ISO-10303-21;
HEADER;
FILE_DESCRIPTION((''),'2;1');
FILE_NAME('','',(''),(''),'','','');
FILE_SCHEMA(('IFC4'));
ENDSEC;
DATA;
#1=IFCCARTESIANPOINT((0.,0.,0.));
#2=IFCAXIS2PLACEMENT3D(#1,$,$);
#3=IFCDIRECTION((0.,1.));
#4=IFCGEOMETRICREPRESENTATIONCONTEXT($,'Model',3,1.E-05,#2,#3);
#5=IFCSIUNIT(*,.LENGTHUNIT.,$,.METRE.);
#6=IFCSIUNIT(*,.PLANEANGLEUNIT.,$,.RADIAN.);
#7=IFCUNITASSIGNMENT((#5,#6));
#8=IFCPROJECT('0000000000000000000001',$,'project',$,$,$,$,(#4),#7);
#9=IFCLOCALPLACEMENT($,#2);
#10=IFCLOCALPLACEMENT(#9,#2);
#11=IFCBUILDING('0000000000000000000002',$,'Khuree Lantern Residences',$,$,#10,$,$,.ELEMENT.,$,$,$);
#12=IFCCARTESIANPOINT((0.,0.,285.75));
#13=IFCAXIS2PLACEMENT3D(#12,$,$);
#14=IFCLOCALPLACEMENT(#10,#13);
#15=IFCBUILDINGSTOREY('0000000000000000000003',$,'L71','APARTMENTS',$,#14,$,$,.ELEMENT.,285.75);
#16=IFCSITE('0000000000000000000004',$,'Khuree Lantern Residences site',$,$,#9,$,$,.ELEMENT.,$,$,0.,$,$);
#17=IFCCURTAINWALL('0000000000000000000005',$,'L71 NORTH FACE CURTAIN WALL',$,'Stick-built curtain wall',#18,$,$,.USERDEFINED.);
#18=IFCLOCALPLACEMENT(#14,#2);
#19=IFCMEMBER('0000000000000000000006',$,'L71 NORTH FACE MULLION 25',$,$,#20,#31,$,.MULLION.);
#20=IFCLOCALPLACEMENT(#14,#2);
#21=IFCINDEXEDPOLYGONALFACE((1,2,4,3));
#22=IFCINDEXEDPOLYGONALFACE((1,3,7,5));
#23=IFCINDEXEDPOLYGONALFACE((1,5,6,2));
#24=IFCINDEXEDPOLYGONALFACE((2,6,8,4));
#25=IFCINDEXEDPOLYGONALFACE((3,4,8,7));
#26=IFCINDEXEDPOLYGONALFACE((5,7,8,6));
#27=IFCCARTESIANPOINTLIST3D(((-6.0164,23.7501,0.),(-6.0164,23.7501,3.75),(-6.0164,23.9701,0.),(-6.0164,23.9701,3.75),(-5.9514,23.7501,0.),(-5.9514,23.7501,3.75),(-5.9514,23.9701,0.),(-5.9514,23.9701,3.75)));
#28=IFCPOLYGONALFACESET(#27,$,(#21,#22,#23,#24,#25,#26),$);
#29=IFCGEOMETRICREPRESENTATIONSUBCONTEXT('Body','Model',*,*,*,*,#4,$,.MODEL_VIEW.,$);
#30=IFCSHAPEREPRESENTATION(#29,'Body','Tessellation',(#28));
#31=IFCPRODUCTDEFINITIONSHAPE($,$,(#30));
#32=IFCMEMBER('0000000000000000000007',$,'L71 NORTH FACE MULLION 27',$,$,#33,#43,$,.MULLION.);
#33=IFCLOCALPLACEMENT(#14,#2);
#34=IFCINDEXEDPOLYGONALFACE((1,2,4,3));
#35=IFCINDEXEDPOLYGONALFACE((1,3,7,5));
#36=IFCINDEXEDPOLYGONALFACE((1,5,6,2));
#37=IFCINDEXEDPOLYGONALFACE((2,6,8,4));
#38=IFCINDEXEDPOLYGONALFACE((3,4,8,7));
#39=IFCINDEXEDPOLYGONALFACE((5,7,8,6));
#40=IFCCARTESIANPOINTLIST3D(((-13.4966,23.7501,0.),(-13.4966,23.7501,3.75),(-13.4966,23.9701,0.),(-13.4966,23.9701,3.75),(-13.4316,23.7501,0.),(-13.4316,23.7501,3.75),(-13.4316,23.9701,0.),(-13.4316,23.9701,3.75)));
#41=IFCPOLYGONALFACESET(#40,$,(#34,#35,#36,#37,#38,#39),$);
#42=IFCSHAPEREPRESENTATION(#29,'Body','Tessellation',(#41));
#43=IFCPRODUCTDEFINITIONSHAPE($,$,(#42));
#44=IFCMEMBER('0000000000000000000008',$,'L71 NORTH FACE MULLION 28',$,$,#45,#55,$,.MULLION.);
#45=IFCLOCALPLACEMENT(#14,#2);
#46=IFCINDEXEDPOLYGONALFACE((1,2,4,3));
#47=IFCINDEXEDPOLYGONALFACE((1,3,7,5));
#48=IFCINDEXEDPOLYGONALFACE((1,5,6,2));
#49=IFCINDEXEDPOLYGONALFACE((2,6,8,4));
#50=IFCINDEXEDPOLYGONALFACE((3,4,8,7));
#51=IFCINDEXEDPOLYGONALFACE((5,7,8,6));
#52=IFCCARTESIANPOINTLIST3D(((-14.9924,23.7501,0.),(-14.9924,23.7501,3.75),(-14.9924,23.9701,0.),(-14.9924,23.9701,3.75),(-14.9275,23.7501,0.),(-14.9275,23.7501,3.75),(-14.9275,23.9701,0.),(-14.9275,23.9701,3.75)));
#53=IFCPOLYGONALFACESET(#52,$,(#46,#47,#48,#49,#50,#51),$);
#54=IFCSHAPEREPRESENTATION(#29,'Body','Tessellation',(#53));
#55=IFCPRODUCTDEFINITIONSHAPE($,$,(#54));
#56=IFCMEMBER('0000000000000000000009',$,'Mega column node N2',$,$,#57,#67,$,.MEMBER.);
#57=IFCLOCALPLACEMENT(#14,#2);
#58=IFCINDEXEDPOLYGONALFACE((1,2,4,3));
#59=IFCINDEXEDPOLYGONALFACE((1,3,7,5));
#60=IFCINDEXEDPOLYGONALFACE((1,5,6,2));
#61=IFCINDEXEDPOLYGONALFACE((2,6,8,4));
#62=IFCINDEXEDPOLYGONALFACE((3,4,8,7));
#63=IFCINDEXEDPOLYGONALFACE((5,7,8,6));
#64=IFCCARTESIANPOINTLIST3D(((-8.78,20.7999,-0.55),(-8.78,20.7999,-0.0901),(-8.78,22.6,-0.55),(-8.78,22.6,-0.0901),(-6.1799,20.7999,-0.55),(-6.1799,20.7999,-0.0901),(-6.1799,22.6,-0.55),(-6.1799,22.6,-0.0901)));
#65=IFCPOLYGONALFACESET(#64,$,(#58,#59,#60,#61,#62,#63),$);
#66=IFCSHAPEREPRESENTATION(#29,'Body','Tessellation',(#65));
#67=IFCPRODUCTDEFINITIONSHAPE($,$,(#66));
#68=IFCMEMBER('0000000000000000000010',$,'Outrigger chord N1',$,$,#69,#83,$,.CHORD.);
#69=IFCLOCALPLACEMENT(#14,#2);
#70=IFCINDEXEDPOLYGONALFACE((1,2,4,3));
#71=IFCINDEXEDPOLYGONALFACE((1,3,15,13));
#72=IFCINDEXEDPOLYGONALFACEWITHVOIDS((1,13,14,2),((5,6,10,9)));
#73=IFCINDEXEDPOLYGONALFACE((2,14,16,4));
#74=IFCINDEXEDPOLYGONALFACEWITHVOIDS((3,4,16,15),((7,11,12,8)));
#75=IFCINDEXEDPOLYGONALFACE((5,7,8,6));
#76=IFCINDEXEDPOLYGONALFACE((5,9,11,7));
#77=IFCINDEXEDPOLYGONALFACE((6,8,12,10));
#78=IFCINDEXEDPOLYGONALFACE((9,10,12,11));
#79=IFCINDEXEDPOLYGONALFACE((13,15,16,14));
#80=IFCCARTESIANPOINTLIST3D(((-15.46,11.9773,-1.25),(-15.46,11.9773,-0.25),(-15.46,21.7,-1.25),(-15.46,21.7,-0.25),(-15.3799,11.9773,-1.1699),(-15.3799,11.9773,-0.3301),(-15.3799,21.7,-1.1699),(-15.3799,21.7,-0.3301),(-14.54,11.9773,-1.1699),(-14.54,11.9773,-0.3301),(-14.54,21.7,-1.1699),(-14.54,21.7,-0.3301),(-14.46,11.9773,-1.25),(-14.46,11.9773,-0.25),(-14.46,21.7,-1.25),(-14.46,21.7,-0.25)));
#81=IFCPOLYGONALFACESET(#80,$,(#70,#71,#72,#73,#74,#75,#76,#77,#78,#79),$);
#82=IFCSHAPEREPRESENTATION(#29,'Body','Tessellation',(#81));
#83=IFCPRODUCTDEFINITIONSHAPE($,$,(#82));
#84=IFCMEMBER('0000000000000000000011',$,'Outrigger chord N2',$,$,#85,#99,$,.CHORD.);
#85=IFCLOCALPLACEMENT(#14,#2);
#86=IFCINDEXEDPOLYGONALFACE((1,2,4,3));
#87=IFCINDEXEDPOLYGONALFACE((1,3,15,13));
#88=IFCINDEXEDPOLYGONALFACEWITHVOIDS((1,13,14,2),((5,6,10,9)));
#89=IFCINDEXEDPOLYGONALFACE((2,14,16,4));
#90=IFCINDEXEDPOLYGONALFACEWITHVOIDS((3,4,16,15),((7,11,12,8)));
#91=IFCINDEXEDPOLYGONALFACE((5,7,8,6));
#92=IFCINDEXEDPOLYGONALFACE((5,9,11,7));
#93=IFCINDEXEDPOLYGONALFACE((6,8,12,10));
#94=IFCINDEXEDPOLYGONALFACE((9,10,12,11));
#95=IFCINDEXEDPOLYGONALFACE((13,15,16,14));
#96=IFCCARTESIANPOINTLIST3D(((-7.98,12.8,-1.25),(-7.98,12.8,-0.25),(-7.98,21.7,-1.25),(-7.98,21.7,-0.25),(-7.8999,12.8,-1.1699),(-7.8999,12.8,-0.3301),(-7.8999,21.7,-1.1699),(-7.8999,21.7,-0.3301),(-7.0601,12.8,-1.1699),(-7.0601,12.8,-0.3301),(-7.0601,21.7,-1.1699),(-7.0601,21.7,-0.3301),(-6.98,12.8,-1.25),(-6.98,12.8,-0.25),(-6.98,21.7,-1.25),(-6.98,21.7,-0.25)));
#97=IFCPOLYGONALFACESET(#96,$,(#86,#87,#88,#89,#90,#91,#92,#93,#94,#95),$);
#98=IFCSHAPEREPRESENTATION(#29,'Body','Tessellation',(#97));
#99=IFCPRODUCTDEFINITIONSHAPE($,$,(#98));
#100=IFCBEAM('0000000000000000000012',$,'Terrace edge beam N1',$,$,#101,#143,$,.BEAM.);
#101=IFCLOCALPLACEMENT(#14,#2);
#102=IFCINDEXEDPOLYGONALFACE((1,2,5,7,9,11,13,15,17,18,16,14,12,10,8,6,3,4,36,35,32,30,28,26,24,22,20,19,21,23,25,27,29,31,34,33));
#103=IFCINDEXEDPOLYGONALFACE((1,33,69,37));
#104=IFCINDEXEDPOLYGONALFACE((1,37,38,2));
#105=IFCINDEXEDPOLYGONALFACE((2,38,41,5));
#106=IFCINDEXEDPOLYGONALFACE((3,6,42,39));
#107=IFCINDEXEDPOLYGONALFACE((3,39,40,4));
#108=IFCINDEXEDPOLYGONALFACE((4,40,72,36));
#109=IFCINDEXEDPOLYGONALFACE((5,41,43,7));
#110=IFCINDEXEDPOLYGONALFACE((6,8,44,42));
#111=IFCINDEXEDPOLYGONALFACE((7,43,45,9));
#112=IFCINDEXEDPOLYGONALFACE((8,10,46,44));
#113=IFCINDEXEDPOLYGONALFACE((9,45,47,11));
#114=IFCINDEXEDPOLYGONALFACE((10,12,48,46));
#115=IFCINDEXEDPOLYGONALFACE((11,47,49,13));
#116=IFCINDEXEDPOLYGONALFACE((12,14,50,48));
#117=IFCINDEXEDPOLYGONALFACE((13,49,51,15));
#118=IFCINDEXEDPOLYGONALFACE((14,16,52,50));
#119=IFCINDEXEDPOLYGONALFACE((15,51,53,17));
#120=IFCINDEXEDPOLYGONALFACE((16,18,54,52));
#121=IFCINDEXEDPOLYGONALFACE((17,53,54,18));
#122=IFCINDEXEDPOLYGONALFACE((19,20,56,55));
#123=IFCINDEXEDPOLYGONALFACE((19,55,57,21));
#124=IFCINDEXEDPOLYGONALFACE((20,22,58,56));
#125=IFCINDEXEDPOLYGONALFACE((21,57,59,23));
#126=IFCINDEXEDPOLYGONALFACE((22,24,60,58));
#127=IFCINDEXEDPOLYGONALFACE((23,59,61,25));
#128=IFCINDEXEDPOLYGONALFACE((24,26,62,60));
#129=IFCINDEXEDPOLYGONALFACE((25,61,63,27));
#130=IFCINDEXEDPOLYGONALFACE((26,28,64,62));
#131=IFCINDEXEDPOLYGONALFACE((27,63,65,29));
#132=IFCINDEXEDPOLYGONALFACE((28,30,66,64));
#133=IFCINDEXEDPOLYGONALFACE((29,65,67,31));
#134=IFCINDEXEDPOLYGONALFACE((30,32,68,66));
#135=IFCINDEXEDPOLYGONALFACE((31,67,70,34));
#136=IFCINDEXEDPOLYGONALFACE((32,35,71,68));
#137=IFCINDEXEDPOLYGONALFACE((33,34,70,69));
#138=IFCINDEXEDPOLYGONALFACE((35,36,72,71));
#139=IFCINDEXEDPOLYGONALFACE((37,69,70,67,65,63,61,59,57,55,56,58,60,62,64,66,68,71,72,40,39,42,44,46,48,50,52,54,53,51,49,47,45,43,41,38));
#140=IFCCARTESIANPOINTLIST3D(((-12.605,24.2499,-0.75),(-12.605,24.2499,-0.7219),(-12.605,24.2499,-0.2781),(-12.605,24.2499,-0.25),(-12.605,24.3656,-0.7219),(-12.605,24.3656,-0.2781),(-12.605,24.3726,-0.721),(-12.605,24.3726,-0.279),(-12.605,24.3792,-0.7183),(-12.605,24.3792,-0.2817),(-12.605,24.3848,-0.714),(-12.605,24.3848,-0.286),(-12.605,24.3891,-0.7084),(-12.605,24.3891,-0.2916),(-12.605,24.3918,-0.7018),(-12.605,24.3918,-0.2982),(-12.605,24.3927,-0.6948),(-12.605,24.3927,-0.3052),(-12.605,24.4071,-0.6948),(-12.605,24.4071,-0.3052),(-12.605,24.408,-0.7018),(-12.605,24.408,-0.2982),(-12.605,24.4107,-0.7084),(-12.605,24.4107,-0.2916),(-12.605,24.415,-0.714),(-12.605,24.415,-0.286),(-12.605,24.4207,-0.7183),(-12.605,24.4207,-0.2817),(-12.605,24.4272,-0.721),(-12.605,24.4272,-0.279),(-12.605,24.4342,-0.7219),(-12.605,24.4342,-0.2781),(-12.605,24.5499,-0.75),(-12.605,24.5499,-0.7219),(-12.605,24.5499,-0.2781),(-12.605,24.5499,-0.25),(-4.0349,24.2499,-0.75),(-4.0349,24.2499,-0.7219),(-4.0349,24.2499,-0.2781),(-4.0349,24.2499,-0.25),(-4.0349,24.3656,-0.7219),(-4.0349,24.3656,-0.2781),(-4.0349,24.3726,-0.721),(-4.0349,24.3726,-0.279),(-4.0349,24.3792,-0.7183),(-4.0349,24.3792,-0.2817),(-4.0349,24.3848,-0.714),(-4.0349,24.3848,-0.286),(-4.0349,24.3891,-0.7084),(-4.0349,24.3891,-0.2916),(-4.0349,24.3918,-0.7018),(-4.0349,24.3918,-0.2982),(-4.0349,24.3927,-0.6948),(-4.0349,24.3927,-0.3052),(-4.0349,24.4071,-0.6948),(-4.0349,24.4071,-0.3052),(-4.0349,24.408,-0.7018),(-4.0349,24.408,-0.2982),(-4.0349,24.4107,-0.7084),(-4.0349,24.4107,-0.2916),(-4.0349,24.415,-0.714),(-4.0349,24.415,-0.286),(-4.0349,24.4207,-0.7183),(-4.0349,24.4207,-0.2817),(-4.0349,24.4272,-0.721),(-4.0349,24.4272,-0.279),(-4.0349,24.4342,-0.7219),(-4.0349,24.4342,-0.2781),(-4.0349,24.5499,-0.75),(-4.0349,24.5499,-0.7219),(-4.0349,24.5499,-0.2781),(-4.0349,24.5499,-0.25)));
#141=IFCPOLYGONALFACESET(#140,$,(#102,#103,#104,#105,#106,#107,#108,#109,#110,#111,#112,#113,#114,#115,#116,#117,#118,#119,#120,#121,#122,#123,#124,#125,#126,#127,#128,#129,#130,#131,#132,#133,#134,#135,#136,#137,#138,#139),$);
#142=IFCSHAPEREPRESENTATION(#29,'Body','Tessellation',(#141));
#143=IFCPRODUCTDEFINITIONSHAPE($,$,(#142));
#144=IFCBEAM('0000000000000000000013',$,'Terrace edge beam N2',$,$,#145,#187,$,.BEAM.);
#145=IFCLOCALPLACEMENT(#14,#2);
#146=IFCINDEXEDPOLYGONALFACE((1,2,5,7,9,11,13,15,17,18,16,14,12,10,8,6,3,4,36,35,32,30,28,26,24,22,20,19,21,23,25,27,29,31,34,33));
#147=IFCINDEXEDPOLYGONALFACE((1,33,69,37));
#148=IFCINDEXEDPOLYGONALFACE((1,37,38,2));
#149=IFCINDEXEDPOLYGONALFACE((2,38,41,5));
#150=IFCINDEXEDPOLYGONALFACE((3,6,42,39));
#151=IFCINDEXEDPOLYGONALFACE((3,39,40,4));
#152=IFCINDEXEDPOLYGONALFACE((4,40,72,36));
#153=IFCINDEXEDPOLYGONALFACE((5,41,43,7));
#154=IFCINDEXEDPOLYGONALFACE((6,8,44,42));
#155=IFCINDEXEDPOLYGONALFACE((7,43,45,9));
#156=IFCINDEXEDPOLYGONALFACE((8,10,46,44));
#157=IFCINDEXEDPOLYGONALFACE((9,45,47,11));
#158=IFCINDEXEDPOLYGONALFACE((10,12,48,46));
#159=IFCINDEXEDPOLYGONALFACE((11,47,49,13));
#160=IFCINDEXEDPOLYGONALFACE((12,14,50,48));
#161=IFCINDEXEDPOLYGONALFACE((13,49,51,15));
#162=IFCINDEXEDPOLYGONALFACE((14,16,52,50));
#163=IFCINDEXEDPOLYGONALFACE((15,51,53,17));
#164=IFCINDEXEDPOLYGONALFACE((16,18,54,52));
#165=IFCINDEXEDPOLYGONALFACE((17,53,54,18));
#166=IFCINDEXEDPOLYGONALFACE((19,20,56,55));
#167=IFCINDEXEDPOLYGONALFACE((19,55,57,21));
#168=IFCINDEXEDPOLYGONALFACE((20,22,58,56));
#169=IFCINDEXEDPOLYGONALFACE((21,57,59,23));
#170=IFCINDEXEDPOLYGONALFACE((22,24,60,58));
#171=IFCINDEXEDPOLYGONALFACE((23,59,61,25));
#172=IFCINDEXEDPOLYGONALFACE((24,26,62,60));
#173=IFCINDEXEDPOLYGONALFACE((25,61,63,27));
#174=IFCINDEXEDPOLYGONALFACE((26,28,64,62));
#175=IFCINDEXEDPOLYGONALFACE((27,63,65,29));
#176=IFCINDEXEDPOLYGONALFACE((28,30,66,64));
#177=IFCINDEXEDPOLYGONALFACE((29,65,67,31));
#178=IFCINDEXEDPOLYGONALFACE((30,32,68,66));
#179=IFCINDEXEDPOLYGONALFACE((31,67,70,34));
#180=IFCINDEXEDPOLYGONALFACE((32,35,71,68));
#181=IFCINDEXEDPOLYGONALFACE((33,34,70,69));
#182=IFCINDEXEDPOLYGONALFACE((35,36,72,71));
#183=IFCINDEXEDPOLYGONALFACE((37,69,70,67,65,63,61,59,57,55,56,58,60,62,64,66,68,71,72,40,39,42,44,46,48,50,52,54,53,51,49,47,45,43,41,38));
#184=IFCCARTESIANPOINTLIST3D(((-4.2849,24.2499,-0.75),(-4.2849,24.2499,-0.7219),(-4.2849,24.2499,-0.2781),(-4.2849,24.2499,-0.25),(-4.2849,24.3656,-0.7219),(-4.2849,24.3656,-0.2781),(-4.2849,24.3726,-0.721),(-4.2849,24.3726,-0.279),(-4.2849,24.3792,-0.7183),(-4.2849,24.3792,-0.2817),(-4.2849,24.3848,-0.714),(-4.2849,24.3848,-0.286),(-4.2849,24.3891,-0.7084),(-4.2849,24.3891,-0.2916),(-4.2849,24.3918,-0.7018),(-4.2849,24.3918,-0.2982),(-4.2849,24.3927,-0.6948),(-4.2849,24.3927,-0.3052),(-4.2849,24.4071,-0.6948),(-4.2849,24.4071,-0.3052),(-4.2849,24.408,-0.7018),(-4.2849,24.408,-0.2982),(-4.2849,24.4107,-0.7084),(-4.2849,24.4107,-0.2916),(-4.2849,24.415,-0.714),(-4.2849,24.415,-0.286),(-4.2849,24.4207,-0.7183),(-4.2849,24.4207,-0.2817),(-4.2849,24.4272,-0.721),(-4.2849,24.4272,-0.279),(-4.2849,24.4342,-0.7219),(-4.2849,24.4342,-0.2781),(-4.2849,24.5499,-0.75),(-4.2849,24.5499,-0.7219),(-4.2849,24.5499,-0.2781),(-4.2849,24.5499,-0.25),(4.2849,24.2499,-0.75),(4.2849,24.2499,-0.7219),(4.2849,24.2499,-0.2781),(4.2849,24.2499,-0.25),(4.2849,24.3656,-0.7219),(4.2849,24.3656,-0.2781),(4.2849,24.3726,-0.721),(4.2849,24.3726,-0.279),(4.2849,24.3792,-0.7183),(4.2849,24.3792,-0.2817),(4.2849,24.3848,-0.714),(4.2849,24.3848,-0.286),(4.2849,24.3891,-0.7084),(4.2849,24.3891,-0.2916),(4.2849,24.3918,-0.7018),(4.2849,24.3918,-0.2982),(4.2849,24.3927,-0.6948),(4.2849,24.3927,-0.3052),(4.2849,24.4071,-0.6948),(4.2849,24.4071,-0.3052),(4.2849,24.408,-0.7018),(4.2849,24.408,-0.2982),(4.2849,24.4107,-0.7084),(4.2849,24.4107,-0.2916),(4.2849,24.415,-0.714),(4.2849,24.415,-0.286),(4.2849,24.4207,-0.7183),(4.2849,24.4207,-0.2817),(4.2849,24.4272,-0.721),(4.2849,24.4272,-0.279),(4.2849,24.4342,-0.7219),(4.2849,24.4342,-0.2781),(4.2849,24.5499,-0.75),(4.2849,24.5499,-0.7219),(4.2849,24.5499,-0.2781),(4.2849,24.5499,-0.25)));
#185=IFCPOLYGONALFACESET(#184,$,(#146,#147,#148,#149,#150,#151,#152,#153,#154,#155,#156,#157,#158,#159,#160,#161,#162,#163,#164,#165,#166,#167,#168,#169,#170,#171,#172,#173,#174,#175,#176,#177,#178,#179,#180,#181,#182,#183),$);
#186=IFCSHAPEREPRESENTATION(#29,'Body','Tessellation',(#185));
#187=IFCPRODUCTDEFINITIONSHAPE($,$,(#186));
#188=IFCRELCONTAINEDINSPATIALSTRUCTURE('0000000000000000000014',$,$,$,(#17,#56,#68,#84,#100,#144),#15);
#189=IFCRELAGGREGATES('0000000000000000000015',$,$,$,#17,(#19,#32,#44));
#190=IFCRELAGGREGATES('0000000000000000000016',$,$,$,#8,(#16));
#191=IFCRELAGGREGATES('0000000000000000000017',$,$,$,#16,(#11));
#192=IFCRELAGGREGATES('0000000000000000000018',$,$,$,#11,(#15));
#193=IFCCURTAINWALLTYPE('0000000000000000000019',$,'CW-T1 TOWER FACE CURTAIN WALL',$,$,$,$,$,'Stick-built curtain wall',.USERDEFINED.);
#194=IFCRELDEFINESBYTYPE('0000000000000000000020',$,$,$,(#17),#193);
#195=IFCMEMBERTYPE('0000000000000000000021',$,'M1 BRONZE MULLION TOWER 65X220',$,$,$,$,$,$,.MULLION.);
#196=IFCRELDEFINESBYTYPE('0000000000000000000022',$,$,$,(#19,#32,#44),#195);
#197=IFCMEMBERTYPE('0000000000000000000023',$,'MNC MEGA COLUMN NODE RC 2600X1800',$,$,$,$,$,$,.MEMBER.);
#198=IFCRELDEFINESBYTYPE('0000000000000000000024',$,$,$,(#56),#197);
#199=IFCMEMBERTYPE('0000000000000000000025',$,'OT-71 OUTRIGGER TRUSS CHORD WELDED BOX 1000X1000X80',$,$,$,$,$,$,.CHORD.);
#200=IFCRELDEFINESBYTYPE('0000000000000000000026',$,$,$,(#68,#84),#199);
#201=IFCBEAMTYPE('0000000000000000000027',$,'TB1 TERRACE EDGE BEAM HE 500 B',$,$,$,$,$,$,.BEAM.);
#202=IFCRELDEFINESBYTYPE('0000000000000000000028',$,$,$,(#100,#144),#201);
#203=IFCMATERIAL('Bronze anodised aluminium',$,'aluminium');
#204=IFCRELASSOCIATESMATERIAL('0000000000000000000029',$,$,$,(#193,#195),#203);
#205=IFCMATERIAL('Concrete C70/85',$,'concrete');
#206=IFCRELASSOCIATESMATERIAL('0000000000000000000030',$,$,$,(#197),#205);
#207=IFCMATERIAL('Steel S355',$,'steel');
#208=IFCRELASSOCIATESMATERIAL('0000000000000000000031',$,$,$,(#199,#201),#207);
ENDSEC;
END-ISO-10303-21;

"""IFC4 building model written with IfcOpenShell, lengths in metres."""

from ifc_helpers import new_model, si_unit, direction, frame, origin, origin_2d, place, context, subcontext, project, spatial, rectangle, hollow_rectangle, i_section, extrude, material, material_profile, profile_set, type_object, element, aggregate, save


model = new_model("IFC4")

# Units and contexts
model_context = context("Model", 3, precision=1e-05, world=origin(), true_north=direction((0.0, 1.0)))
body_context = subcontext(model_context, "Body", "Model", "MODEL_VIEW")
ifc_project = project(units=[si_unit("LENGTHUNIT", "METRE"), si_unit("PLANEANGLEUNIT", "RADIAN")], contexts=[model_context])

# Site, building, storey
site_placement = place(None, origin())
site = spatial("IfcSite", under=ifc_project, at=site_placement, Name="Khuree Lantern Residences site", CompositionType="ELEMENT", RefElevation=0.0)
building_placement = place(site_placement, origin())
building = spatial("IfcBuilding", under=site, at=building_placement, Name="Khuree Lantern Residences", CompositionType="ELEMENT")
storey_placement = place(building_placement, frame((0.0, 0.0, 285.75)))
storey = spatial("IfcBuildingStorey", under=building, at=storey_placement, Name="L71", Description="APARTMENTS", CompositionType="ELEMENT", Elevation=285.75)

# Shared definitions
ifc_material_1 = material(Name="Concrete C70/85", Category="concrete")

# Shared definitions
ifc_material_2 = material(Name="Steel S355", Category="steel")

# Curtain wall, members
ifc_material_3 = material(Name="Bronze anodised aluminium", Category="aluminium")
curtain_wall_type = type_object("IfcCurtainWallType", Name="CW-T1 TOWER FACE CURTAIN WALL", ElementType="Stick-built curtain wall", PredefinedType="USERDEFINED", material=ifc_material_3)
curtain_wall_placement = place(storey_placement, origin())
curtain_wall = element("IfcCurtainWall", 1, at=curtain_wall_placement, inside=storey, type_object=curtain_wall_type, Name="L71 NORTH FACE CURTAIN WALL", ObjectType="Stick-built curtain wall", PredefinedType="USERDEFINED")
ifc_material_profile_1 = material_profile(ifc_material_3, rectangle(XDim=0.0649, YDim=0.22, at=origin_2d()), Name="M1 65X220")
ifc_profile_set_1 = profile_set([ifc_material_profile_1], Name="Bronze anodised aluminium")
member_type_1 = type_object("IfcMemberType", Name="M1 BRONZE MULLION TOWER 65X220", PredefinedType="MULLION", material=ifc_profile_set_1)
member_1_placement = place(storey_placement, frame((-5.9839, 23.8601, 0.0), z_axis=(0.0, 0.0, 1.0), x_axis=(-1.0, 0.0, 0.0)))
member_1 = element("IfcMember", 2, at=member_1_placement, type_object=member_type_1, Name="L71 NORTH FACE MULLION 25", PredefinedType="MULLION", context=body_context, shape_type="SweptSolid", body=[
    extrude(rectangle(XDim=0.0649, YDim=0.22, at=origin_2d()), origin(), (0.0, 0.0, 1.0), 3.75),
])
member_2_placement = place(storey_placement, frame((-13.4641, 23.8601, 0.0), z_axis=(0.0, 0.0, 1.0), x_axis=(-1.0, 0.0, 0.0)))
member_2 = element("IfcMember", 3, at=member_2_placement, type_object=member_type_1, Name="L71 NORTH FACE MULLION 27", PredefinedType="MULLION", context=body_context, shape_type="SweptSolid", body=[
    extrude(rectangle(XDim=0.0649, YDim=0.22, at=origin_2d()), origin(), (0.0, 0.0, 1.0), 3.75),
])
member_3_placement = place(storey_placement, frame((-14.96, 23.8601, 0.0), z_axis=(0.0, 0.0, 1.0), x_axis=(-1.0, 0.0, 0.0)))
member_3 = element("IfcMember", 4, at=member_3_placement, type_object=member_type_1, Name="L71 NORTH FACE MULLION 28", PredefinedType="MULLION", context=body_context, shape_type="SweptSolid", body=[
    extrude(rectangle(XDim=0.0649, YDim=0.22, at=origin_2d()), origin(), (0.0, 0.0, 1.0), 3.75),
])

# Members
ifc_material_profile_2 = material_profile(ifc_material_1, rectangle(XDim=2.6001, YDim=1.8, at=origin_2d()), Name="RC 2600X1800")
ifc_profile_set_2 = profile_set([ifc_material_profile_2], Name="Concrete C70/85")
member_type_2 = type_object("IfcMemberType", Name="MNC MEGA COLUMN NODE RC 2600X1800", PredefinedType="MEMBER", material=ifc_profile_set_2)
member_4_placement = place(storey_placement, frame((-7.48, 21.7, -0.55), z_axis=(0.0, 0.0, 1.0), x_axis=(1.0, 0.0, 0.0)))
element("IfcMember", 5, at=member_4_placement, inside=storey, type_object=member_type_2, Name="Mega column node N2", PredefinedType="MEMBER", context=body_context, shape_type="SweptSolid", body=[
    extrude(rectangle(XDim=2.6001, YDim=1.8, at=origin_2d()), origin(), (0.0, 0.0, 1.0), 0.46),
])
ifc_material_profile_3 = material_profile(ifc_material_2, hollow_rectangle(XDim=1.0, YDim=1.0, WallThickness=0.0801, at=origin_2d()), Name="WELDED BOX 1000X1000X80")
ifc_profile_set_3 = profile_set([ifc_material_profile_3], Name="Steel S355")
member_type_3 = type_object("IfcMemberType", Name="OT-71 OUTRIGGER TRUSS CHORD WELDED BOX 1000X1000X80", PredefinedType="CHORD", material=ifc_profile_set_3)
member_5_placement = place(storey_placement, frame((-14.96, 21.7, -0.75), z_axis=(0.0, -1.0, 0.0), x_axis=(1.0, 0.0, 0.0)))
element("IfcMember", 6, at=member_5_placement, inside=storey, type_object=member_type_3, Name="Outrigger chord N1", PredefinedType="CHORD", context=body_context, shape_type="SweptSolid", body=[
    extrude(hollow_rectangle(XDim=1.0, YDim=1.0, WallThickness=0.0801, at=origin_2d()), origin(), (0.0, 0.0, 1.0), 9.7227),
])
member_6_placement = place(storey_placement, frame((-7.48, 21.7, -0.75), z_axis=(0.0, -1.0, 0.0), x_axis=(1.0, 0.0, 0.0)))
element("IfcMember", 7, at=member_6_placement, inside=storey, type_object=member_type_3, Name="Outrigger chord N2", PredefinedType="CHORD", context=body_context, shape_type="SweptSolid", body=[
    extrude(hollow_rectangle(XDim=1.0, YDim=1.0, WallThickness=0.0801, at=origin_2d()), origin(), (0.0, 0.0, 1.0), 8.8999),
])

# Beams
ifc_material_profile_4 = material_profile(ifc_material_2, i_section(OverallWidth=0.3, OverallDepth=0.5, WebThickness=0.0144, FlangeThickness=0.0281, FilletRadius=0.0271, at=origin_2d()), Name="HE 500 B")
ifc_profile_set_4 = profile_set([ifc_material_profile_4], Name="Steel S355")
beam_type_1 = type_object("IfcBeamType", Name="TB1 TERRACE EDGE BEAM HE 500 B", PredefinedType="BEAM", material=ifc_profile_set_4)
beam_1_placement = place(storey_placement, frame((-12.605, 24.3999, -0.5), z_axis=(1.0, 0.0, 0.0), x_axis=(0.0, 1.0, 0.0)))
element("IfcBeam", 8, at=beam_1_placement, inside=storey, type_object=beam_type_1, Name="Terrace edge beam N1", PredefinedType="BEAM", context=body_context, shape_type="SweptSolid", body=[
    extrude(i_section(OverallWidth=0.3, OverallDepth=0.5, WebThickness=0.0144, FlangeThickness=0.0281, FilletRadius=0.0271, at=origin_2d()), origin(), (0.0, 0.0, 1.0), 8.5701),
])
beam_2_placement = place(storey_placement, frame((-4.2849, 24.3999, -0.5), z_axis=(1.0, 0.0, 0.0), x_axis=(0.0, 1.0, 0.0)))
element("IfcBeam", 9, at=beam_2_placement, inside=storey, type_object=beam_type_1, Name="Terrace edge beam N2", PredefinedType="BEAM", context=body_context, shape_type="SweptSolid", body=[
    extrude(i_section(OverallWidth=0.3, OverallDepth=0.5, WebThickness=0.0144, FlangeThickness=0.0281, FilletRadius=0.0271, at=origin_2d()), origin(), (0.0, 0.0, 1.0), 8.5698),
])

aggregate(curtain_wall, [member_1, member_2, member_3])

save(model, "model.ifc")
